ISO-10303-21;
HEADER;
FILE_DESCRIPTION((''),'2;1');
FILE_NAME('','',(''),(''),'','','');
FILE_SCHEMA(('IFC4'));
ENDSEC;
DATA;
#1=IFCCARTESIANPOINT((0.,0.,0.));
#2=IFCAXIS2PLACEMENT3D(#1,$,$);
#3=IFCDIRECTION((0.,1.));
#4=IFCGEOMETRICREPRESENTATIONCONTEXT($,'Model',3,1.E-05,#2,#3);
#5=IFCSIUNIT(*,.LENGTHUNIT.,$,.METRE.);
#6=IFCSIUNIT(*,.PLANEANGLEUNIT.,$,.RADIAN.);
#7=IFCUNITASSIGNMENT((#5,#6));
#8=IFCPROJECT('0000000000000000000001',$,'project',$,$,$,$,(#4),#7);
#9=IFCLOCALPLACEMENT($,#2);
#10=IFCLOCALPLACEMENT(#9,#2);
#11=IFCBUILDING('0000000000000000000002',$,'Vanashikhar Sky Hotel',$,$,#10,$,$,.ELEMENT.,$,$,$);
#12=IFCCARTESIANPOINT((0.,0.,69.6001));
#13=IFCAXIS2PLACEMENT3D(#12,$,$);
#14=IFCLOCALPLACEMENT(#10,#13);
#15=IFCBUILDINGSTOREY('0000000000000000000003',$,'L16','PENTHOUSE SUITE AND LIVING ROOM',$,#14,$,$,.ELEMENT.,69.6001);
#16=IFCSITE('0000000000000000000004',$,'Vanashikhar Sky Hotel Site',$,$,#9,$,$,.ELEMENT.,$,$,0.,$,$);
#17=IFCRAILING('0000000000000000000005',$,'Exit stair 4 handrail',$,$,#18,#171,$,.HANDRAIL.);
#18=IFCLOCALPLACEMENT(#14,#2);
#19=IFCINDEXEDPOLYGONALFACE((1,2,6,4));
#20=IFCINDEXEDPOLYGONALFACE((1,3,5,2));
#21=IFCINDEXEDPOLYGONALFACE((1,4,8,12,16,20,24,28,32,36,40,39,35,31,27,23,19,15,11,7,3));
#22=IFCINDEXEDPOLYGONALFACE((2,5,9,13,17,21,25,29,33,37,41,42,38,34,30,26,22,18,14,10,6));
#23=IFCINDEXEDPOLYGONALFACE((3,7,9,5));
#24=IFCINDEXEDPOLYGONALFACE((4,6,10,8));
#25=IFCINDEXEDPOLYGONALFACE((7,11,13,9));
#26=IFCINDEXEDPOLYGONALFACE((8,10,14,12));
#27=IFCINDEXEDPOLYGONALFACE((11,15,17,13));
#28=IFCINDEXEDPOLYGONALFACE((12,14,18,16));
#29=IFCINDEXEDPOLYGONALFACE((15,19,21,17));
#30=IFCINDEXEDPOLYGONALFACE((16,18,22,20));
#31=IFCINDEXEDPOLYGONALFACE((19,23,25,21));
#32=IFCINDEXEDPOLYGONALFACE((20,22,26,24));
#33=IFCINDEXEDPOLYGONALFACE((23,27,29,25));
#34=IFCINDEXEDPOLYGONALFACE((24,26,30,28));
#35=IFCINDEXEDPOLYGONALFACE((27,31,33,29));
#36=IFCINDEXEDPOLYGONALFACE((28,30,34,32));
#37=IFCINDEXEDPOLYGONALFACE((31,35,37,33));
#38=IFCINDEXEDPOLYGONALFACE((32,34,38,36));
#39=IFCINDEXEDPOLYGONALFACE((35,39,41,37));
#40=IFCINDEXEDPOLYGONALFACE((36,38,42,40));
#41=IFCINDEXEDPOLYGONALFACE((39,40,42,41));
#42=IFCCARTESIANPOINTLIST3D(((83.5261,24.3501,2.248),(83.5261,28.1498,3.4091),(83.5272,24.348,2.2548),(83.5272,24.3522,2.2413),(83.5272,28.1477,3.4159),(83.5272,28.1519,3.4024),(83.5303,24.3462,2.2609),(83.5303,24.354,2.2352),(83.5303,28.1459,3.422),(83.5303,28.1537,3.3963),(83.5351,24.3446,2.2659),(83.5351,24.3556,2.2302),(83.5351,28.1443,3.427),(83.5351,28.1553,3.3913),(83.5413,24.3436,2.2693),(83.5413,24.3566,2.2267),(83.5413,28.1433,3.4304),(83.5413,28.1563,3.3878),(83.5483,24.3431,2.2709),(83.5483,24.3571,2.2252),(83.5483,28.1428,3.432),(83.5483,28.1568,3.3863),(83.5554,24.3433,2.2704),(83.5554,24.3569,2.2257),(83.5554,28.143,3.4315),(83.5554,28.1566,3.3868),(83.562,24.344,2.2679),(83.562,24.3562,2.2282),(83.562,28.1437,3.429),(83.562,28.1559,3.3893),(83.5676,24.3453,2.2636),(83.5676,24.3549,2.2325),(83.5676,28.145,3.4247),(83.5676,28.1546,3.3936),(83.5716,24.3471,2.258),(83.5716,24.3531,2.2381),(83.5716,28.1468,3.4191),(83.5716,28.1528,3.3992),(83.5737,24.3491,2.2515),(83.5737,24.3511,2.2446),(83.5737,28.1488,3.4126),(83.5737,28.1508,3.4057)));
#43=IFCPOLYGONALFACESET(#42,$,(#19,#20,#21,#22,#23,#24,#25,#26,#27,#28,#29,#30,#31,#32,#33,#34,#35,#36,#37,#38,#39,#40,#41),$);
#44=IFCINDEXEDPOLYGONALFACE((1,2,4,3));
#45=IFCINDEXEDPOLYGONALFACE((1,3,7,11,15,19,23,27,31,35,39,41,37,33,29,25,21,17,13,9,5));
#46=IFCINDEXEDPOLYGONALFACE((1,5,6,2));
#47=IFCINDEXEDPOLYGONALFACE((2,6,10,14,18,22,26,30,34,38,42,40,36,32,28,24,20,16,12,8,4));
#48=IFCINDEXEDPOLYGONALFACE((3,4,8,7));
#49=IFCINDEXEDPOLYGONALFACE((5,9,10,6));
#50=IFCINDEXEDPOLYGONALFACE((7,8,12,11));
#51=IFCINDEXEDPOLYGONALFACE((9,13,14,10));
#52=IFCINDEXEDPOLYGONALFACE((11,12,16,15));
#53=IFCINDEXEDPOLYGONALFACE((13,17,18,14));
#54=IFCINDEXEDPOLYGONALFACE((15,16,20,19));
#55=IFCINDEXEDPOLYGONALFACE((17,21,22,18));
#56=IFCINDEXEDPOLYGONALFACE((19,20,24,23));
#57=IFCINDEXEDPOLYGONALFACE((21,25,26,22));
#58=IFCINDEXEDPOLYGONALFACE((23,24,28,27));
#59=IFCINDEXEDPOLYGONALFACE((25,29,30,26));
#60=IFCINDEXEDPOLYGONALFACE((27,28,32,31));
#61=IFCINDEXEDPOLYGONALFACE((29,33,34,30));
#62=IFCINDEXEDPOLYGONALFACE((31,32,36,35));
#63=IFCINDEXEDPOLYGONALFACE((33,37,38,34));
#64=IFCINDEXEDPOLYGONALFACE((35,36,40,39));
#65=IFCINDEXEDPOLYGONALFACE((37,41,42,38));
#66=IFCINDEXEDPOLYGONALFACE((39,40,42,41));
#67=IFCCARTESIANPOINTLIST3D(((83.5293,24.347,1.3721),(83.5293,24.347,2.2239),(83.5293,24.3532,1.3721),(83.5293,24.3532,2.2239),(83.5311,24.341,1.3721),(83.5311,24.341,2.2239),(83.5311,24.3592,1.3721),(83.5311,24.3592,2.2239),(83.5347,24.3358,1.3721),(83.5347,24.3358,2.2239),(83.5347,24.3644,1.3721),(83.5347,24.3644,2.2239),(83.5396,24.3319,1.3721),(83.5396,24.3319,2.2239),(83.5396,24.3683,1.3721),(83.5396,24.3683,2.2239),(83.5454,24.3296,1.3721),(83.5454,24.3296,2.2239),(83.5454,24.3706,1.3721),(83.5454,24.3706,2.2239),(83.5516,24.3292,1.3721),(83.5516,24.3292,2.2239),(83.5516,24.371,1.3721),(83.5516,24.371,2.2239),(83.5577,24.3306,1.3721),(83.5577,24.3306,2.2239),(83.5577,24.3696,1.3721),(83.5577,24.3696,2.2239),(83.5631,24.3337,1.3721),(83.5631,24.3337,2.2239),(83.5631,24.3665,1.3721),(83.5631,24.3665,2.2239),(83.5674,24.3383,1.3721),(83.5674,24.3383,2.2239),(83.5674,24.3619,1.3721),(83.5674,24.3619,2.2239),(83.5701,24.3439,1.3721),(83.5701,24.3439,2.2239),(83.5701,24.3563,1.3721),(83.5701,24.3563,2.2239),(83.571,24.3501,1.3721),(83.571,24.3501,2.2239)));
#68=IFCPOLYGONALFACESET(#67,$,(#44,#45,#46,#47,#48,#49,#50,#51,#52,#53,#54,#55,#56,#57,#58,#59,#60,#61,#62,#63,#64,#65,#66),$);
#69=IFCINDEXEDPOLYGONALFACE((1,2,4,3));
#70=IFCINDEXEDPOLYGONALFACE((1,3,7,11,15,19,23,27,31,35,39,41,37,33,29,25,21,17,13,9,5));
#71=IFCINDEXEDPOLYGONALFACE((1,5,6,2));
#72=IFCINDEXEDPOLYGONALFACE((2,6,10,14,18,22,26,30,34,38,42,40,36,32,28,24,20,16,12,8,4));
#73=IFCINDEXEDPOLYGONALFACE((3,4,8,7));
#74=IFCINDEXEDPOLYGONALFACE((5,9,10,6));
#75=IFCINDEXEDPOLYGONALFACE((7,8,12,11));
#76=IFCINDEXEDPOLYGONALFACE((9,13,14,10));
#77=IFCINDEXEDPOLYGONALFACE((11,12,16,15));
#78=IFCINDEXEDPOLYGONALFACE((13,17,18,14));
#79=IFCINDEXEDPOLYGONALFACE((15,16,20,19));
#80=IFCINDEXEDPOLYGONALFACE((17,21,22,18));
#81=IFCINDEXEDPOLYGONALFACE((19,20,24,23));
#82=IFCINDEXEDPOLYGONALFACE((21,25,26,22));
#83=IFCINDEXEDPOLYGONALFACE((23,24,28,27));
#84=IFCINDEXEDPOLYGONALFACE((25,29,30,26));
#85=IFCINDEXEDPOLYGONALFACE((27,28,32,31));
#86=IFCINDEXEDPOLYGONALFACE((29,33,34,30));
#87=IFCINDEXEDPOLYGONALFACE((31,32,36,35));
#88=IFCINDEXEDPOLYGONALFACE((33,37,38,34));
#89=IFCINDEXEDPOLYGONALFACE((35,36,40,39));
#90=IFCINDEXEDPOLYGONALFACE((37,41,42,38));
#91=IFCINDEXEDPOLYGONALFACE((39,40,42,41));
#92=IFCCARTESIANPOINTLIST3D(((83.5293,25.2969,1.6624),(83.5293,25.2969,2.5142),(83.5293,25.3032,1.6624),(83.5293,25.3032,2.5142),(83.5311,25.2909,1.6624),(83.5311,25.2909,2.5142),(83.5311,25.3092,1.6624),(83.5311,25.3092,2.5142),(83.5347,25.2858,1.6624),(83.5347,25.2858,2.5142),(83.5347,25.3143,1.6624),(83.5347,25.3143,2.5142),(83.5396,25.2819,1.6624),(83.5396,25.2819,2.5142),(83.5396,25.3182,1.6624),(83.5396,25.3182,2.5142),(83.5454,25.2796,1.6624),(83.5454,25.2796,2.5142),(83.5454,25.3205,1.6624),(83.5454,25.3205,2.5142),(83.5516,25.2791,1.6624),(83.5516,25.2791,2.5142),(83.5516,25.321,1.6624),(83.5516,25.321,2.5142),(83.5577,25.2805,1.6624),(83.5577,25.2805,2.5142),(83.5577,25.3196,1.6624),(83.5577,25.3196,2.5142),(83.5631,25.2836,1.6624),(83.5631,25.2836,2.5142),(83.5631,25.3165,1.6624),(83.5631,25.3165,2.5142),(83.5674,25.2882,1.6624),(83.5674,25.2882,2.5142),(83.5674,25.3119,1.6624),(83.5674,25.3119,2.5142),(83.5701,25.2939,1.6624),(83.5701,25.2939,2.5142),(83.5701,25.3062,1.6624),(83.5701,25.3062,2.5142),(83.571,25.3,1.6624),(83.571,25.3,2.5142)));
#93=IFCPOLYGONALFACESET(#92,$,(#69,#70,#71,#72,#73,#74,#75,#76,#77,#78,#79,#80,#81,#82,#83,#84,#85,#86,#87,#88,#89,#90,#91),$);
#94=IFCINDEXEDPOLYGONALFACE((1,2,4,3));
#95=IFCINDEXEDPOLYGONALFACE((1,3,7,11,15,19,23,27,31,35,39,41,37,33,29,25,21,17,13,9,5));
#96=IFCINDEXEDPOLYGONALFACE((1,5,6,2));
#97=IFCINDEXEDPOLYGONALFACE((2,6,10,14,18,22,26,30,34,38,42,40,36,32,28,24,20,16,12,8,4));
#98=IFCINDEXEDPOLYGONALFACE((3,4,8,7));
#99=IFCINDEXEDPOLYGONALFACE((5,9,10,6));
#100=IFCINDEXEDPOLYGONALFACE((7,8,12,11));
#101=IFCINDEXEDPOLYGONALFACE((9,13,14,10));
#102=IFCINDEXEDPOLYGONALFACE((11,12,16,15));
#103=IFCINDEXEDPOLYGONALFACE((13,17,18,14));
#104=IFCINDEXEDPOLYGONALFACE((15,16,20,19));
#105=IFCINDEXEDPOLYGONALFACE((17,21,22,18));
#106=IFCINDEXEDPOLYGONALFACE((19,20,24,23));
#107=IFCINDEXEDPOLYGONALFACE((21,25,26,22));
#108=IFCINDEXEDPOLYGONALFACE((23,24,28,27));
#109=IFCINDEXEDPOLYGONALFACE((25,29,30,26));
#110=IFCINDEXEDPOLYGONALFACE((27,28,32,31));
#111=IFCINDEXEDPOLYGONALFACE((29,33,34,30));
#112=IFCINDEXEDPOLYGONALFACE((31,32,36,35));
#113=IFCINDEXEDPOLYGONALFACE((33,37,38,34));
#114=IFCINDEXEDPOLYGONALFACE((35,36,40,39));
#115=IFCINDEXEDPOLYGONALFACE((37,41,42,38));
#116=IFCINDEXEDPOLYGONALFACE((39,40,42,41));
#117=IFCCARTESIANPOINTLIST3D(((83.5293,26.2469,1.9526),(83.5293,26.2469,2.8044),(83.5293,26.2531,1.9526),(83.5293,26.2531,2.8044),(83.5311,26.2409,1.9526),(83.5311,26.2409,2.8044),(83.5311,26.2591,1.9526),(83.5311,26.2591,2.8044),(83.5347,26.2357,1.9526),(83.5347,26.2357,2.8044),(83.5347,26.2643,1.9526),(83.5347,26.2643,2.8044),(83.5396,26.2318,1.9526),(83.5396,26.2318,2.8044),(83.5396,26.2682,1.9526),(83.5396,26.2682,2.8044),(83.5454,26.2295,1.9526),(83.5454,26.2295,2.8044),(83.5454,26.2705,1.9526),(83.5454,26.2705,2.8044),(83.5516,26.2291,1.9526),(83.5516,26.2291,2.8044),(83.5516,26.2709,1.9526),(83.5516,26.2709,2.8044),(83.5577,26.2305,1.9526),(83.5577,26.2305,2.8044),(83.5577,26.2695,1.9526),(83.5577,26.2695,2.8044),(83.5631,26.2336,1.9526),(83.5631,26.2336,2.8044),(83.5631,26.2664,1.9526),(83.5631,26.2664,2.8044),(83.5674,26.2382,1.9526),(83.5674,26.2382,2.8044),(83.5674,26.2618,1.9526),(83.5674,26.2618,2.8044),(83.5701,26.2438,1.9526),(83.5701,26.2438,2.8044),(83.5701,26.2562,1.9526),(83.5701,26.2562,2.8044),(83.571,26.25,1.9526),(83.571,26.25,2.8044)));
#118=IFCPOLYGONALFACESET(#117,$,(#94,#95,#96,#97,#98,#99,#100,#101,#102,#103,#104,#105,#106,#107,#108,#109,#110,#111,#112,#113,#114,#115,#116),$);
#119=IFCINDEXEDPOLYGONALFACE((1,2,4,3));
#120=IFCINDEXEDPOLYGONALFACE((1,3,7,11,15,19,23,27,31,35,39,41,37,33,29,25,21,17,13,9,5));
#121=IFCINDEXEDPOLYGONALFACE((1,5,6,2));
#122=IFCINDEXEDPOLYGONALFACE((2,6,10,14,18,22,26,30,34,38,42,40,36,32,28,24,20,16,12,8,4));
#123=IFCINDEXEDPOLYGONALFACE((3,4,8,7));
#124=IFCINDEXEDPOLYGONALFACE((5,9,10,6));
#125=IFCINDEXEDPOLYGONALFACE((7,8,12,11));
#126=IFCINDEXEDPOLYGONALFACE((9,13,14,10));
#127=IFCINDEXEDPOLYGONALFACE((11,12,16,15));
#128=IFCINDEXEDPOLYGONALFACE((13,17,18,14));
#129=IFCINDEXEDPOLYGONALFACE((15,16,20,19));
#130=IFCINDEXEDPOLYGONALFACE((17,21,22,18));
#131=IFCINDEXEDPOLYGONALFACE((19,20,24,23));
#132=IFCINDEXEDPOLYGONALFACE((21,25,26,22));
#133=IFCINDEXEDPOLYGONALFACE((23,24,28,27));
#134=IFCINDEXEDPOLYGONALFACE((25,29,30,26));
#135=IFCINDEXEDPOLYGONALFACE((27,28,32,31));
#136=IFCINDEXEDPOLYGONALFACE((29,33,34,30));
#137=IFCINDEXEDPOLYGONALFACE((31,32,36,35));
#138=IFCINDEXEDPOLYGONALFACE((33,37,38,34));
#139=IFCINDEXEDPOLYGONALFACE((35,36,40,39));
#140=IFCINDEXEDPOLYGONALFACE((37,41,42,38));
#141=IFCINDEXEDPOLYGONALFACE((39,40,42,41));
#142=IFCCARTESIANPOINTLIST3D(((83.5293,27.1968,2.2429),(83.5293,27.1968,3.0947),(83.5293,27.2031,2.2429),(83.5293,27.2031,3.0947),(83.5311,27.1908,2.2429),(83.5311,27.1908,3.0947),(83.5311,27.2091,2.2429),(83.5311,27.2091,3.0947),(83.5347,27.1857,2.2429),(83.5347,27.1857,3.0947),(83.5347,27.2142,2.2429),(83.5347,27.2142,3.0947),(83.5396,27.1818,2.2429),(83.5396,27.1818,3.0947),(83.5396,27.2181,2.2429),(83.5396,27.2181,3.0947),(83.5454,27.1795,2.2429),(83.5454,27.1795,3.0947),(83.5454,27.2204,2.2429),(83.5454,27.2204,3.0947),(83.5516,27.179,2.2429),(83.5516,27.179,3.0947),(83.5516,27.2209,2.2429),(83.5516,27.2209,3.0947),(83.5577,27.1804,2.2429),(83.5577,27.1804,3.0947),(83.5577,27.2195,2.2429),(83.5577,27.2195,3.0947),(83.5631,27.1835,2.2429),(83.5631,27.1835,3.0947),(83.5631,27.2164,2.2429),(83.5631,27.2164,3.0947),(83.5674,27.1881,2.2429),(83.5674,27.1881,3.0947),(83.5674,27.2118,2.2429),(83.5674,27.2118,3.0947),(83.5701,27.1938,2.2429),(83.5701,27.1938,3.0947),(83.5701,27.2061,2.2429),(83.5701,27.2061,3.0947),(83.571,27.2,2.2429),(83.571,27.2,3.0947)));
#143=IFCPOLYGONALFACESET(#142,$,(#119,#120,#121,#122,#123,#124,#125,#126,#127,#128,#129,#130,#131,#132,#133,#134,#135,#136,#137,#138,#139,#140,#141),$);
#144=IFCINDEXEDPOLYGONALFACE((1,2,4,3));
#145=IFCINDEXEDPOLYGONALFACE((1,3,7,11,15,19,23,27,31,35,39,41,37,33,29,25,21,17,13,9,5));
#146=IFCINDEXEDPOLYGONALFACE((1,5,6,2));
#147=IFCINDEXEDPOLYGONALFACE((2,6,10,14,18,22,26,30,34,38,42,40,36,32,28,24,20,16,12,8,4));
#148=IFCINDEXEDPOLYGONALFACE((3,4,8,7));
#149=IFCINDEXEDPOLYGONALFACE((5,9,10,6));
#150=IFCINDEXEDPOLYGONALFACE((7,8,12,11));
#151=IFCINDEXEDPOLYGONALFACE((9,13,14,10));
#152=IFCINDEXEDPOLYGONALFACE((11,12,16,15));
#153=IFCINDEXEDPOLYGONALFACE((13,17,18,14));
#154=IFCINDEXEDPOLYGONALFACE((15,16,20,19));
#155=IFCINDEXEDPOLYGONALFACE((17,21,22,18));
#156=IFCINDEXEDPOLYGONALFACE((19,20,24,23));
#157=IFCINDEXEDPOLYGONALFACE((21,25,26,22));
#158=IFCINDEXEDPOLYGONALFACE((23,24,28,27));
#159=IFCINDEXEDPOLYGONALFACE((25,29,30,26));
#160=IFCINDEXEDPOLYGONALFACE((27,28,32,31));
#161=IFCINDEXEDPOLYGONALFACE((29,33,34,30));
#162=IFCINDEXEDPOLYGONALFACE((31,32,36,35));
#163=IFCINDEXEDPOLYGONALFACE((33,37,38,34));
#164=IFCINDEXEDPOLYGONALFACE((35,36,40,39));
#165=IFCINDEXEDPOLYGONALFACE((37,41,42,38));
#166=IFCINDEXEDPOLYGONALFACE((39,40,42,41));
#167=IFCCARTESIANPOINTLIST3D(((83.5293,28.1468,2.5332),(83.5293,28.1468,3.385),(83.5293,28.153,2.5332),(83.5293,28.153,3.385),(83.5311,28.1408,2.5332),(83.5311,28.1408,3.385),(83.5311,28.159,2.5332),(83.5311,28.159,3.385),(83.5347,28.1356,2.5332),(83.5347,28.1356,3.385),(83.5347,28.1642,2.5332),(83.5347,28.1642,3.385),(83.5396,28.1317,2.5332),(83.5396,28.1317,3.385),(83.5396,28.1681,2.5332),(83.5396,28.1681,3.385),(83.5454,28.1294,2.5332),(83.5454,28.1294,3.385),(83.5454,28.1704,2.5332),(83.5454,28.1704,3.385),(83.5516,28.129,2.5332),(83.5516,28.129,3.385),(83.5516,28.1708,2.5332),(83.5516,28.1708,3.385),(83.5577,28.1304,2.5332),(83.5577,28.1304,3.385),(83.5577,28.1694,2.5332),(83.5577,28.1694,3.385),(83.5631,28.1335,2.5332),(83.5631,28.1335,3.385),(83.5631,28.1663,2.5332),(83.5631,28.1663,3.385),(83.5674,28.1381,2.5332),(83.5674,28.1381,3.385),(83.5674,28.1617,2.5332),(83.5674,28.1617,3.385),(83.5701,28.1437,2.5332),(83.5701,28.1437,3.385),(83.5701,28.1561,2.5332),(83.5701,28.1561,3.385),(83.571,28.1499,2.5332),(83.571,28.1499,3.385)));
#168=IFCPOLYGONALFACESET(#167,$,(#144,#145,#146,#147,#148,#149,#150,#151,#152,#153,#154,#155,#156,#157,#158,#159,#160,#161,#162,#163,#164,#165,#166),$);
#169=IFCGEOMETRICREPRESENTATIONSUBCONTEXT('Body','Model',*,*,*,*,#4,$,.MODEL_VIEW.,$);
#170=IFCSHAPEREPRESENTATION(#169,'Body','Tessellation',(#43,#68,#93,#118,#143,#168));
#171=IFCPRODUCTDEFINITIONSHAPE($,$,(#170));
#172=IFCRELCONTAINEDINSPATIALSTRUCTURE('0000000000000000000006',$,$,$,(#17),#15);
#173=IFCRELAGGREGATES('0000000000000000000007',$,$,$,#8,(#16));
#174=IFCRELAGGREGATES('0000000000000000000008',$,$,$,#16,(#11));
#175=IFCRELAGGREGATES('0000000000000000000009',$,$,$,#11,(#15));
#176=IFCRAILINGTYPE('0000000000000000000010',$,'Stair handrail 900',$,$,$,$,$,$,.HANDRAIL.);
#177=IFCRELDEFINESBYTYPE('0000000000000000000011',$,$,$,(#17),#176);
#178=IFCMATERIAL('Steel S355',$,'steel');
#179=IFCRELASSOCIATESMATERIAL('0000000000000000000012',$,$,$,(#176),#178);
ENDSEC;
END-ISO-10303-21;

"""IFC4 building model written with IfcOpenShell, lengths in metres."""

from ifc_helpers import new_model, si_unit, direction, frame, origin, origin_2d, place, context, subcontext, project, spatial, circle, extrude, source, transform, mapped, material, type_object, element, save


model = new_model("IFC4")

# Units and contexts
model_context = context("Model", 3, precision=1e-05, world=origin(), true_north=direction((0.0, 1.0)))
body_context = subcontext(model_context, "Body", "Model", "MODEL_VIEW")
ifc_project = project(units=[si_unit("LENGTHUNIT", "METRE"), si_unit("PLANEANGLEUNIT", "RADIAN")], contexts=[model_context])

# Site, building, storey
site_placement = place(None, origin())
site = spatial("IfcSite", under=ifc_project, at=site_placement, Name="Vanashikhar Sky Hotel Site", CompositionType="ELEMENT", RefElevation=0.0)
building_placement = place(site_placement, origin())
building = spatial("IfcBuilding", under=site, at=building_placement, Name="Vanashikhar Sky Hotel", CompositionType="ELEMENT")
storey_placement = place(building_placement, frame((0.0, 0.0, 69.6001)))
storey = spatial("IfcBuildingStorey", under=building, at=storey_placement, Name="L16", Description="PENTHOUSE SUITE AND LIVING ROOM", CompositionType="ELEMENT", Elevation=69.6001)

# Railing
ifc_material_1 = material(Name="Steel S355", Category="steel")
railing_type_1 = type_object("IfcRailingType", Name="Stair handrail 900", PredefinedType="HANDRAIL", material=ifc_material_1)
shared_shape_1 = source(origin(), body_context, "Body", "SweptSolid", [
    extrude(circle(Radius=0.0239, at=origin_2d()), frame((0.0, 0.0, 0.876), z_axis=(0.0, 0.956346, 0.292237), x_axis=(-1.0, 0.0, 0.0)), (0.0, 0.0, 1.0), 3.9731),
    extrude(circle(Radius=0.021, at=origin_2d()), origin(), (0.0, 0.0, 1.0), 0.8518),
    extrude(circle(Radius=0.021, at=origin_2d()), frame((0.0, 0.95, 0.2903)), (0.0, 0.0, 1.0), 0.8518),
    extrude(circle(Radius=0.021, at=origin_2d()), frame((0.0, 1.8999, 0.5806)), (0.0, 0.0, 1.0), 0.8518),
    extrude(circle(Radius=0.021, at=origin_2d()), frame((0.0, 2.8499, 0.8708)), (0.0, 0.0, 1.0), 0.8518),
    extrude(circle(Radius=0.021, at=origin_2d()), frame((0.0, 3.7998, 1.1611)), (0.0, 0.0, 1.0), 0.8518),
])
railing_1_placement = place(storey_placement, frame((83.55, 24.3501, 1.3721)))
element("IfcRailing", 1, at=railing_1_placement, inside=storey, type_object=railing_type_1, Name="Exit stair 4 handrail", PredefinedType="HANDRAIL", context=body_context, shape_type="MappedRepresentation", body=[
    mapped(shared_shape_1, transform((0.0, 0.0, 0.0), scale=1.0)),
])

save(model, "model.ifc")
